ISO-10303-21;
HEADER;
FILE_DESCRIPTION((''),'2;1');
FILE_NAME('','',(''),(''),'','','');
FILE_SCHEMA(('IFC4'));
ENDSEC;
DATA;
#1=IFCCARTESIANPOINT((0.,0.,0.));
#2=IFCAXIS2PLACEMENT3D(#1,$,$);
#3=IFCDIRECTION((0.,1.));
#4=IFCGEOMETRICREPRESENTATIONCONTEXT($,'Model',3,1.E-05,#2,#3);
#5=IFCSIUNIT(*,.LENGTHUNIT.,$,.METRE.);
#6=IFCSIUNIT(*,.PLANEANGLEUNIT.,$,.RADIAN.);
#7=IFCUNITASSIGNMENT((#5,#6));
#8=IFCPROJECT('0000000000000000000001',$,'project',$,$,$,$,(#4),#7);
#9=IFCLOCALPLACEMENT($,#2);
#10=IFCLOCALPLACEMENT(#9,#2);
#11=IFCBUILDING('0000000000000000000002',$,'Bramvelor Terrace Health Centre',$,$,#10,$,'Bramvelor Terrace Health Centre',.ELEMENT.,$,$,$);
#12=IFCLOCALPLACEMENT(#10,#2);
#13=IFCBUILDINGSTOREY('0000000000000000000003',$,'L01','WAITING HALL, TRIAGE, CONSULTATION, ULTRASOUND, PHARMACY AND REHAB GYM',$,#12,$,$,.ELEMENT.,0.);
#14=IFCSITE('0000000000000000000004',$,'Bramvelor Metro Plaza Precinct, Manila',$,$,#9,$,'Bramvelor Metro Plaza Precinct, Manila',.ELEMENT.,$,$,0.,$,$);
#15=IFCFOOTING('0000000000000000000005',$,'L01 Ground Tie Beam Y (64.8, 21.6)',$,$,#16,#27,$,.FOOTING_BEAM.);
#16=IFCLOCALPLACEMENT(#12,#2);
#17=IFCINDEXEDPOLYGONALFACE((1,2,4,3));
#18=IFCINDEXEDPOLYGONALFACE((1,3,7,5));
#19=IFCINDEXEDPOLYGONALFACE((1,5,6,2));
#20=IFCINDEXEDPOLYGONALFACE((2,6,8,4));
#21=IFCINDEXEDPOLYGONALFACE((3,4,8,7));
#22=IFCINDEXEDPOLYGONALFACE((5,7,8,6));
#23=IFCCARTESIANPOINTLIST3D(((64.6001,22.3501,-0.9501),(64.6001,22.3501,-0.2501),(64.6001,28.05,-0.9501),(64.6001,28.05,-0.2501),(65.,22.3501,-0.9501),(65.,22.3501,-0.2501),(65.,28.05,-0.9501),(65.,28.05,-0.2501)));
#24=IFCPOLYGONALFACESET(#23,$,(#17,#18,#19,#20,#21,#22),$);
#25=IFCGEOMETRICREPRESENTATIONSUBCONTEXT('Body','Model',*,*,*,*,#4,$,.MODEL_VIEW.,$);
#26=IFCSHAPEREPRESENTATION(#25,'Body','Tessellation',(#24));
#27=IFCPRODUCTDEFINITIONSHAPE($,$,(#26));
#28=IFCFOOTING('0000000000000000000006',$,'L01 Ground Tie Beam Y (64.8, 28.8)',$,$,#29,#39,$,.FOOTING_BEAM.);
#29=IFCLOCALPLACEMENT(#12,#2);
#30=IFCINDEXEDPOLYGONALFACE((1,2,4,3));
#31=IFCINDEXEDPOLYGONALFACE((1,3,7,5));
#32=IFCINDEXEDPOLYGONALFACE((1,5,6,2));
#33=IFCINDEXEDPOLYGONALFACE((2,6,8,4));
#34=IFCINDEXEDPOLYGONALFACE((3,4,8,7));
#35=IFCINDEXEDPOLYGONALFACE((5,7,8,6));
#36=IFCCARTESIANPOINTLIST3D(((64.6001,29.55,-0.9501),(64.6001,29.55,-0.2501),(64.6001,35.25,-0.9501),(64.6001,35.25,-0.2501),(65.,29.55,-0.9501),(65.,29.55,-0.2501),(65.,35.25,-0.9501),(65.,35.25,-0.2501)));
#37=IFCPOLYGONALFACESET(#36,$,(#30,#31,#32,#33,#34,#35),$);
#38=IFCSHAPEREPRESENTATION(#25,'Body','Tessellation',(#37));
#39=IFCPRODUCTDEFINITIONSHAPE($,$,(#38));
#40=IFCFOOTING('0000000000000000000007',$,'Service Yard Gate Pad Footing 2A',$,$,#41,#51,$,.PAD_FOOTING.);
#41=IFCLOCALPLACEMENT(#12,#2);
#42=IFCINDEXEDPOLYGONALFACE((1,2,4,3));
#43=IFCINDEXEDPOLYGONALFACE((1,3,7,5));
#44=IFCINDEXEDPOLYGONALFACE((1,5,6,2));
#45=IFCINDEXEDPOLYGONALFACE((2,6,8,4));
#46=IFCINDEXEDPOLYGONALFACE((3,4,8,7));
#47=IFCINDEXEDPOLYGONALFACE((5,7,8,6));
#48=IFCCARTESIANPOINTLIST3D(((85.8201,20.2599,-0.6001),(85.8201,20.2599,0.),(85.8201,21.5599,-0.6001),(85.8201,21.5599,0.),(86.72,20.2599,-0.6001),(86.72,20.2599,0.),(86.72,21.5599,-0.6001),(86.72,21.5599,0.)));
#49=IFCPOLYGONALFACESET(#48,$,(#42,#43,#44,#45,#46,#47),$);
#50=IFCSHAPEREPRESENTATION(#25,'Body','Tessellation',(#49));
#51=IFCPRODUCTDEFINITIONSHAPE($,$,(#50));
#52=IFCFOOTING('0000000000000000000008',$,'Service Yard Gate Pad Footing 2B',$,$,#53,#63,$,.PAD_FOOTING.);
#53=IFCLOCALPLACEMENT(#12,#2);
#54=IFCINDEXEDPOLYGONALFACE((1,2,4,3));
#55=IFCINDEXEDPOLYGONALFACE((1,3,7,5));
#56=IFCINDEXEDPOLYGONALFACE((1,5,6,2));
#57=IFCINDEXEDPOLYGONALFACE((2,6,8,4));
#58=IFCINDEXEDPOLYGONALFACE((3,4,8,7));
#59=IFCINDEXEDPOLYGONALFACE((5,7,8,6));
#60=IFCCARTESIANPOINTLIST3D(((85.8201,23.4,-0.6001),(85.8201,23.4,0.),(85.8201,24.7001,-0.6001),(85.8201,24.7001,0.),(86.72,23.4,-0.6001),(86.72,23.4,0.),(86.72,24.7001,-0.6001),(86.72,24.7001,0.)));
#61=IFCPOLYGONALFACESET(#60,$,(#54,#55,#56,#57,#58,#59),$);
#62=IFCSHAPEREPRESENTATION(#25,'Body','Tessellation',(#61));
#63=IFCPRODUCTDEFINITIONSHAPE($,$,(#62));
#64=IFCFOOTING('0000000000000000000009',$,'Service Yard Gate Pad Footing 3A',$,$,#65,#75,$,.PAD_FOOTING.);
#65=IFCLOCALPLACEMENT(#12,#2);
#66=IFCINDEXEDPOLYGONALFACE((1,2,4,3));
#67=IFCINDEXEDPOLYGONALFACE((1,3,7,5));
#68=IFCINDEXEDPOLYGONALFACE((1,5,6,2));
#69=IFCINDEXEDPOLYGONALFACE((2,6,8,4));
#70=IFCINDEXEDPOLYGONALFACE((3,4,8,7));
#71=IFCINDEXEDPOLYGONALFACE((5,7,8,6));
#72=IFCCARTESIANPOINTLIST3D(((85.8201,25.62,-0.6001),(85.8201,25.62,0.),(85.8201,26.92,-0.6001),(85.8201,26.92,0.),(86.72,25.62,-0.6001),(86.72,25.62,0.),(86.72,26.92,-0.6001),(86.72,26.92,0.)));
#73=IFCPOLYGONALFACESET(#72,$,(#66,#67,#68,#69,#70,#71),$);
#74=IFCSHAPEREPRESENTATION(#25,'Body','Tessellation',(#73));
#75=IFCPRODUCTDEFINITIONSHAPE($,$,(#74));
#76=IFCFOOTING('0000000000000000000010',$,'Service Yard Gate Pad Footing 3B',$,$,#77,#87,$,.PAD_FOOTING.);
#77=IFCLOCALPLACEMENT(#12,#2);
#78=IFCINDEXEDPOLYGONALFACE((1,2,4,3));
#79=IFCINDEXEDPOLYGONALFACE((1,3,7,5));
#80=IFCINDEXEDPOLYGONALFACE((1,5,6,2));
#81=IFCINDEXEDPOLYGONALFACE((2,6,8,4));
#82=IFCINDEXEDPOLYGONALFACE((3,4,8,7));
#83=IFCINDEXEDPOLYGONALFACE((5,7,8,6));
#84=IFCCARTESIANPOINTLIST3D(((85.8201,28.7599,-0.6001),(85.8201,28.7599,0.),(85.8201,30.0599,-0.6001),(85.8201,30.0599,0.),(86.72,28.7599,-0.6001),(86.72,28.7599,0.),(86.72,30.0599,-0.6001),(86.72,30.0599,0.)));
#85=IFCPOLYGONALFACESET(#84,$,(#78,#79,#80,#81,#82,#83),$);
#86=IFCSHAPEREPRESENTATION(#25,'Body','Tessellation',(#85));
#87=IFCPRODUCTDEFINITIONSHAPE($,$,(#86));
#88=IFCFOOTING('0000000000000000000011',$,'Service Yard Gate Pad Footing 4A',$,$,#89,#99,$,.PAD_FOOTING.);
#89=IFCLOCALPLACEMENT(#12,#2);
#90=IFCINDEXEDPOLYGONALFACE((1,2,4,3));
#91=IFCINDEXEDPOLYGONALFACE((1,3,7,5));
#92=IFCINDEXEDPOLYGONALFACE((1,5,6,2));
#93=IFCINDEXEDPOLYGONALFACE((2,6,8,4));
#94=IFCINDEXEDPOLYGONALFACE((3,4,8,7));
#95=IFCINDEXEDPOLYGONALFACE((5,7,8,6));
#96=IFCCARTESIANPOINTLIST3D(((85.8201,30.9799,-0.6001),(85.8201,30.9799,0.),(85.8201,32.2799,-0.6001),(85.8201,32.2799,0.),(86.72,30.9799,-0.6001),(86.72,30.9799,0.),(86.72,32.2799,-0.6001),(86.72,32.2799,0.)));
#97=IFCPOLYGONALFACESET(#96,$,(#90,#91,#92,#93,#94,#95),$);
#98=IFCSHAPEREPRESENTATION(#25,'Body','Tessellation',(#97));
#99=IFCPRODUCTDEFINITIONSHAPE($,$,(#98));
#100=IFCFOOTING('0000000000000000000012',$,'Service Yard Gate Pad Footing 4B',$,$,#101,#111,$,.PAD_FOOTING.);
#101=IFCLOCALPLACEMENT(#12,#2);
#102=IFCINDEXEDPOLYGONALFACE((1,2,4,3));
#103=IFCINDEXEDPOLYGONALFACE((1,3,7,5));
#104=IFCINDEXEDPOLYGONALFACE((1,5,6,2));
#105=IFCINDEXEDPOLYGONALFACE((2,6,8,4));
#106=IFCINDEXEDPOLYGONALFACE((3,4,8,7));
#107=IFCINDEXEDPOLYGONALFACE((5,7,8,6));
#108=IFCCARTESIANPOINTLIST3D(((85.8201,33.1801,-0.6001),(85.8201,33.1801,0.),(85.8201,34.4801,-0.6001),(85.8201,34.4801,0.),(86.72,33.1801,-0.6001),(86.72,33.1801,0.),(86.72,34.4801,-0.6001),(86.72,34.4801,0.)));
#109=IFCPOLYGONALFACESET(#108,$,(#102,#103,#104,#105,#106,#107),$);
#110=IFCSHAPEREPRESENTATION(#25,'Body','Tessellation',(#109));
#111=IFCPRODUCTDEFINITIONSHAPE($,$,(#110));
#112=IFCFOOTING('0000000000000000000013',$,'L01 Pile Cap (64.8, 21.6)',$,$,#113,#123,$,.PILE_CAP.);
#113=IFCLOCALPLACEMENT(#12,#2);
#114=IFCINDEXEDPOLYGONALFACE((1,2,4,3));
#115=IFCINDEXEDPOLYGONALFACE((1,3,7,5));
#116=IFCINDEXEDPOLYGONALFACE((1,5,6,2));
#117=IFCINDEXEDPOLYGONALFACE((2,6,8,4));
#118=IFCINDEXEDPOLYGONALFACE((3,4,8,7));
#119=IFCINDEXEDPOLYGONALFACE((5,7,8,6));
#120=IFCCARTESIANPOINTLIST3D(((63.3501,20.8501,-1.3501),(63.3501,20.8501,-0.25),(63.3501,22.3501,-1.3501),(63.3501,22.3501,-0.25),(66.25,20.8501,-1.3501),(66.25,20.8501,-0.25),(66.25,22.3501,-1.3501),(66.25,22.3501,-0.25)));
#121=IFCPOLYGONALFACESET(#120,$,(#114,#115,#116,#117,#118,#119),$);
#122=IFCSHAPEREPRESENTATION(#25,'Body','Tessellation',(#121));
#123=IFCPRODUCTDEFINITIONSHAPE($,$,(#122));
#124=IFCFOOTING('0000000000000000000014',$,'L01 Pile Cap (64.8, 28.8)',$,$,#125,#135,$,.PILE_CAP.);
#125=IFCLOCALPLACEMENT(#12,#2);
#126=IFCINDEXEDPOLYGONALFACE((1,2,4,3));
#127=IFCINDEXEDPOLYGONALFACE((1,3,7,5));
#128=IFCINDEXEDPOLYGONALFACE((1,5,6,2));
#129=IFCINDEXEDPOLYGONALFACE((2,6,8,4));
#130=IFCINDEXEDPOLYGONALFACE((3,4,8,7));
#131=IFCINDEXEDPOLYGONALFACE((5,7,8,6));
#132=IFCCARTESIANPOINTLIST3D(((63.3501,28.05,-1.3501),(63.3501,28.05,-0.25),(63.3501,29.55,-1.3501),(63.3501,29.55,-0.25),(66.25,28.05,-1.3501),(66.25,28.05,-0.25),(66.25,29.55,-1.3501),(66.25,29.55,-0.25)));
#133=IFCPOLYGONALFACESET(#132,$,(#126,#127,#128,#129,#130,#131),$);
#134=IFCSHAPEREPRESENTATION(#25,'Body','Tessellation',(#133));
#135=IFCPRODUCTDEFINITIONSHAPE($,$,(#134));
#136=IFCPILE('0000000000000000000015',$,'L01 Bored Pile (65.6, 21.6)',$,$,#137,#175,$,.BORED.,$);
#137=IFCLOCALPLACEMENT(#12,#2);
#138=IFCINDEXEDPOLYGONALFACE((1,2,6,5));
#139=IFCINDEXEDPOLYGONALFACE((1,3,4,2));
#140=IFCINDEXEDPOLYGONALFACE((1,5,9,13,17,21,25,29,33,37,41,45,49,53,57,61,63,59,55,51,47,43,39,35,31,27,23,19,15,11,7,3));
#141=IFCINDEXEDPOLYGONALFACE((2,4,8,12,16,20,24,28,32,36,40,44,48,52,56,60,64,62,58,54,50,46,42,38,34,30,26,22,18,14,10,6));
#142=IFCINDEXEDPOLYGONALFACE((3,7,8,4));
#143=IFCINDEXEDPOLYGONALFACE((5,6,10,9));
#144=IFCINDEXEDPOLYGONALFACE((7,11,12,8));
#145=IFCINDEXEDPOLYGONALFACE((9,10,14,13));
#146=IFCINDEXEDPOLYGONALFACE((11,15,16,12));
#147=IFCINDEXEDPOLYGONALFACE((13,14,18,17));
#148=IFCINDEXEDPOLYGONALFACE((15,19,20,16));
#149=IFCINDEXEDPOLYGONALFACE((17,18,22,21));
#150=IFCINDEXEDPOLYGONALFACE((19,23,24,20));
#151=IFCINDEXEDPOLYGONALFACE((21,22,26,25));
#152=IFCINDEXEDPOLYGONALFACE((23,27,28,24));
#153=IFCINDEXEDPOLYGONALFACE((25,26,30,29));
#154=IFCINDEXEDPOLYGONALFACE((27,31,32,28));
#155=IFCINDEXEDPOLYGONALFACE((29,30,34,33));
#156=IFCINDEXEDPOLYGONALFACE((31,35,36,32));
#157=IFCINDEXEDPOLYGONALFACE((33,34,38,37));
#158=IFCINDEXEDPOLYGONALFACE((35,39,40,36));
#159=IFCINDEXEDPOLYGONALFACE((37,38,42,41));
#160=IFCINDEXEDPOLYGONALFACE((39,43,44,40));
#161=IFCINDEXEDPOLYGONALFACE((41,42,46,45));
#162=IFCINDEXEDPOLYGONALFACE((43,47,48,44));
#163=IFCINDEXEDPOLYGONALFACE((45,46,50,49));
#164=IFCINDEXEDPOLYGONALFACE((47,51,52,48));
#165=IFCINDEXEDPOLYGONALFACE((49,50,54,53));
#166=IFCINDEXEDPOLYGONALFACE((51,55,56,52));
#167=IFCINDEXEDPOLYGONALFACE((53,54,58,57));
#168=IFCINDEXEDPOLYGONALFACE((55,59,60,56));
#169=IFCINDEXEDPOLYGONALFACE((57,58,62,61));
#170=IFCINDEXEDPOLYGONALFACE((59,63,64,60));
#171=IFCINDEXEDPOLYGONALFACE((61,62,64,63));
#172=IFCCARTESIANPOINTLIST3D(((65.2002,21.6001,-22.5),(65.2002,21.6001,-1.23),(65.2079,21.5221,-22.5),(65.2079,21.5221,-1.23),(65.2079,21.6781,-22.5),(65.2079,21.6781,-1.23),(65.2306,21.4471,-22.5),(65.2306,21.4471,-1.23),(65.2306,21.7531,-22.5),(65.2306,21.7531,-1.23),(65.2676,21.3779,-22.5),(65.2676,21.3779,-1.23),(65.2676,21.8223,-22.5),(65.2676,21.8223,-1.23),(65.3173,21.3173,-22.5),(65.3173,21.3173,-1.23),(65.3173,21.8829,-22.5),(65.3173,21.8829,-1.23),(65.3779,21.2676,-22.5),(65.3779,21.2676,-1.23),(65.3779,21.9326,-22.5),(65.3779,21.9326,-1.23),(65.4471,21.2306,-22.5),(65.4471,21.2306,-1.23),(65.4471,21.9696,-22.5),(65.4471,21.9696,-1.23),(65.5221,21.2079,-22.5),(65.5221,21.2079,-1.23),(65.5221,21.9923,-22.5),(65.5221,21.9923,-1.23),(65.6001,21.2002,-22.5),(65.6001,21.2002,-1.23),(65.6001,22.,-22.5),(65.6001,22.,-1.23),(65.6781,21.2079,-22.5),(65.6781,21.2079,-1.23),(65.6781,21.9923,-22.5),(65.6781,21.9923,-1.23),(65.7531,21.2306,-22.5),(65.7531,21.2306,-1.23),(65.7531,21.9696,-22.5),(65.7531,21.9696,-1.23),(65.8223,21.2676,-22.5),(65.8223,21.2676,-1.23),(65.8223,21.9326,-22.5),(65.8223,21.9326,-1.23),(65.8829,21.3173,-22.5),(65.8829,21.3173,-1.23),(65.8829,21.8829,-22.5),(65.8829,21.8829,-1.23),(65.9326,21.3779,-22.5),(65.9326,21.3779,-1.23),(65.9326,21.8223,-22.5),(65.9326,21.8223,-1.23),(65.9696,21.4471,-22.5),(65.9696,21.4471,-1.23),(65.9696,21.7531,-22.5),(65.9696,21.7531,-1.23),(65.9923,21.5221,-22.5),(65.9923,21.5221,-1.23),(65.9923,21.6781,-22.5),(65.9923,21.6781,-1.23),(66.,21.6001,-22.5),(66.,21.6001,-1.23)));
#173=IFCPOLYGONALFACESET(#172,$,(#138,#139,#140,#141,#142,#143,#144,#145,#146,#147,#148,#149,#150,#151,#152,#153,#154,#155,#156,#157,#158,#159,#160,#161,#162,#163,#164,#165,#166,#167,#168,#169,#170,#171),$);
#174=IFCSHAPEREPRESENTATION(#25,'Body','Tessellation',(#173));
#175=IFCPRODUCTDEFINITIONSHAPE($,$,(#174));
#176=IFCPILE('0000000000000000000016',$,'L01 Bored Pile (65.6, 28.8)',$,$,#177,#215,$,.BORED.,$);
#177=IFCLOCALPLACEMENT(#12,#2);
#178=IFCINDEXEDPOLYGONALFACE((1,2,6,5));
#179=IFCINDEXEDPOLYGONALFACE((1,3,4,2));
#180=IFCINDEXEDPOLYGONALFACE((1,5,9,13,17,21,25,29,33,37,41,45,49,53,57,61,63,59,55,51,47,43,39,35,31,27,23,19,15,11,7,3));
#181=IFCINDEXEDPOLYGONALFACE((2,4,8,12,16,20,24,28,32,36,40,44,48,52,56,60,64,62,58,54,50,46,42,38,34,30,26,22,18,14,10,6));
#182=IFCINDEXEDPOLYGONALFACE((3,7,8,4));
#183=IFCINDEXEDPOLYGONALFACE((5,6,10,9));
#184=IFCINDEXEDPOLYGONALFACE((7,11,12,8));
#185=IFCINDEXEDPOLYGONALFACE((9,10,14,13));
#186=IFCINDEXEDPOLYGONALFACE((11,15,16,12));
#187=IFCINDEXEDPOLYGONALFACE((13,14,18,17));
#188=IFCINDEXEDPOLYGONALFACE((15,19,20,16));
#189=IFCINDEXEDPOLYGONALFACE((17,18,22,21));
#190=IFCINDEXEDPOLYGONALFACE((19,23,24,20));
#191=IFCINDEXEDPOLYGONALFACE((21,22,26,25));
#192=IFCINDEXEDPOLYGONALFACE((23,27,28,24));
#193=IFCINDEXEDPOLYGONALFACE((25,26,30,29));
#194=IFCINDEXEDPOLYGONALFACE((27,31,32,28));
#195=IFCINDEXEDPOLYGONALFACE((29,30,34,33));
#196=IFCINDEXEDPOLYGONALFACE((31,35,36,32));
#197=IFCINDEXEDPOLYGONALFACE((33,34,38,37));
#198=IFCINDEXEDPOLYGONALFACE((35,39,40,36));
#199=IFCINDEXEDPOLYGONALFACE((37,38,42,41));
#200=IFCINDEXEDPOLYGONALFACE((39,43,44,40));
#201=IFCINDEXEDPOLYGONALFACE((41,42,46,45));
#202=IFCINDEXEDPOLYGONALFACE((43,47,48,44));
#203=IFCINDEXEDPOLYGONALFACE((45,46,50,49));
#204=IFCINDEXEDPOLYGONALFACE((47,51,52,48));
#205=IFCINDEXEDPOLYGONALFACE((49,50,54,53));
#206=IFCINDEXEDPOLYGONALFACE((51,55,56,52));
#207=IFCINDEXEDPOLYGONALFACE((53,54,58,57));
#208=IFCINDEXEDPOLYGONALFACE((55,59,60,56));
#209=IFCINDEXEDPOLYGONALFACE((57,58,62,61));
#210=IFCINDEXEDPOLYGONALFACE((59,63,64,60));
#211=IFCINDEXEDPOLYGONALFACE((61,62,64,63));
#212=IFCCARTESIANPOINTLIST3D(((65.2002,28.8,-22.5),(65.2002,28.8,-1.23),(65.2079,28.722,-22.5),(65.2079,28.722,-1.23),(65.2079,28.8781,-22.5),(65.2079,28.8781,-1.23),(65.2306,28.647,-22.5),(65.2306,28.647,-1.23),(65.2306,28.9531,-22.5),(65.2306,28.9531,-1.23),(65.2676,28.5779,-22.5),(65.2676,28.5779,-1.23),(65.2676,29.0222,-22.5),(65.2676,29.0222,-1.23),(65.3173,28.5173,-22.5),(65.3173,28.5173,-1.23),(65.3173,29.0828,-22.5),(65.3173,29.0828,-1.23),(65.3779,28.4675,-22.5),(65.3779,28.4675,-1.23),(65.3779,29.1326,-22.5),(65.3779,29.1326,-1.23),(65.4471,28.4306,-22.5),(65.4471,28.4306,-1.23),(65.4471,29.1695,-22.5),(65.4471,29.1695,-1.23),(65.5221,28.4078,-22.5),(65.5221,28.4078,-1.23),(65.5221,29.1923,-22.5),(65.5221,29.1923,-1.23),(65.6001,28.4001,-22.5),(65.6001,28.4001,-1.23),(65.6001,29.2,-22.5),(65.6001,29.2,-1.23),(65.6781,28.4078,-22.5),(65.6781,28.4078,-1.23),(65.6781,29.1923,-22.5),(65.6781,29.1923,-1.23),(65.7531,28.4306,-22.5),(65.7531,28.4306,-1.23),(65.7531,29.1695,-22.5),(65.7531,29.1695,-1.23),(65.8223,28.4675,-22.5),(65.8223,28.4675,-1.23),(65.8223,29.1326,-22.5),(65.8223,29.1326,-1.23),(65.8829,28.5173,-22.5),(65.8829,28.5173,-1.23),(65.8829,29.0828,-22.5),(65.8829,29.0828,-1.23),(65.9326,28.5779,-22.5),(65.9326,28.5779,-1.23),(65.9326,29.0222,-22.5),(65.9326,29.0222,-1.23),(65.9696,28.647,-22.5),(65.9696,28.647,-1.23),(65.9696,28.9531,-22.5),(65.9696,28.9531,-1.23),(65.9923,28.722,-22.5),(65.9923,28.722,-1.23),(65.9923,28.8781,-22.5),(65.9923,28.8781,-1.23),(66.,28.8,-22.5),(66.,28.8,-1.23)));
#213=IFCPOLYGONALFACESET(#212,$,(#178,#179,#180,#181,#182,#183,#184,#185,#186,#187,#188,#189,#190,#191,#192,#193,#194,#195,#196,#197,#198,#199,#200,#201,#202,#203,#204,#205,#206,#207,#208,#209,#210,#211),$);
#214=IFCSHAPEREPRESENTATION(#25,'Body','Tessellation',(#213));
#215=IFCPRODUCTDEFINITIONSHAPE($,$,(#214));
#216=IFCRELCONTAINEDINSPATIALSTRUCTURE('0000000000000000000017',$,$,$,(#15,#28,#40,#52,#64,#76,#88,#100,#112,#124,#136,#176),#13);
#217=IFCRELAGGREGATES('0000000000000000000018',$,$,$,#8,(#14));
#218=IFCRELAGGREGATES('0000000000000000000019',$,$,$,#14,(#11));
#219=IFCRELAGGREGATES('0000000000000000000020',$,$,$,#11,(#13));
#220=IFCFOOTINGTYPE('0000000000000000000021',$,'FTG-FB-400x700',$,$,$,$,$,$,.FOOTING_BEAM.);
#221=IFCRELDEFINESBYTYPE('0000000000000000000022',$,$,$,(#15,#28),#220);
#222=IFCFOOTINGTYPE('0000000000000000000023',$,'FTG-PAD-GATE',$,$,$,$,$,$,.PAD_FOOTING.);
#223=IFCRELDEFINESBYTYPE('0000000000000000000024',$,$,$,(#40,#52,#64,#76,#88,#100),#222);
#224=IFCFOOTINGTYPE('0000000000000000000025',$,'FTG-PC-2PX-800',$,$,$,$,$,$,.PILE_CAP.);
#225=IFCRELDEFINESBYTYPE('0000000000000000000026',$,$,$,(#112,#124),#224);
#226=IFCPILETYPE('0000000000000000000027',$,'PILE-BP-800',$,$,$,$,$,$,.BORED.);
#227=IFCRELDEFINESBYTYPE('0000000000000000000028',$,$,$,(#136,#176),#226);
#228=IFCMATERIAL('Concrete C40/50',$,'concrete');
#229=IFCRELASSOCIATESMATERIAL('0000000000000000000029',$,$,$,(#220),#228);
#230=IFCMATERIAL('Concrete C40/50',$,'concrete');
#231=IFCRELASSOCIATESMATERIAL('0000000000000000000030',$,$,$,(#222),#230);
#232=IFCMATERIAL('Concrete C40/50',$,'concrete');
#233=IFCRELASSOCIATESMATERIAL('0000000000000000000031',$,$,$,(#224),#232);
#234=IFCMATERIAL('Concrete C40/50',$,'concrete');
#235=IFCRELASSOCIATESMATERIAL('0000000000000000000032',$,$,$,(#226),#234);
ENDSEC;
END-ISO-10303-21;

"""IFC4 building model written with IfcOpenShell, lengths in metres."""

from ifc_helpers import new_model, si_unit, direction, frame, origin, origin_2d, place, context, subcontext, project, spatial, rectangle, circle, extrude, material, material_profile, profile_set, type_object, element, save


model = new_model("IFC4")

# Units and contexts
model_context = context("Model", 3, precision=1e-05, world=origin(), true_north=direction((0.0, 1.0)))
body_context = subcontext(model_context, "Body", "Model", "MODEL_VIEW")
ifc_project = project(units=[si_unit("LENGTHUNIT", "METRE"), si_unit("PLANEANGLEUNIT", "RADIAN")], contexts=[model_context])

# Site, building, storey
site_placement = place(None, origin())
site = spatial("IfcSite", under=ifc_project, at=site_placement, Name="Bramvelor Metro Plaza Precinct, Manila", LongName="Bramvelor Metro Plaza Precinct, Manila", CompositionType="ELEMENT", RefElevation=0.0)
building_placement = place(site_placement, origin())
building = spatial("IfcBuilding", under=site, at=building_placement, Name="Bramvelor Terrace Health Centre", LongName="Bramvelor Terrace Health Centre", CompositionType="ELEMENT")
storey_placement = place(building_placement, origin())
storey = spatial("IfcBuildingStorey", under=building, at=storey_placement, Name="L01", Description="WAITING HALL, TRIAGE, CONSULTATION, ULTRASOUND, PHARMACY AND REHAB GYM", CompositionType="ELEMENT", Elevation=0.0)

# Footings
ifc_material_1 = material(Name="Concrete C40/50", Category="concrete")
ifc_material_profile_1 = material_profile(ifc_material_1, rectangle(XDim=0.3999, YDim=0.7, at=origin_2d()), Name="RC 400x700")
ifc_profile_set_1 = profile_set([ifc_material_profile_1], Name="Concrete C40/50")
footing_type_1 = type_object("IfcFootingType", Name="FTG-FB-400x700", PredefinedType="FOOTING_BEAM", material=ifc_profile_set_1)
for number, where, z_axis, x_axis, name in (
    (1, (64.8, 22.3501, -0.6001), (0.0, 1.0, 0.0), (-1.0, 0.0, 0.0), "L01 Ground Tie Beam Y (64.8, 21.6)"),
    (2, (64.8, 29.55, -0.6001), (0.0, 1.0, 0.0), (-1.0, 0.0, 0.0), "L01 Ground Tie Beam Y (64.8, 28.8)"),
):
    element("IfcFooting", number, at=place(storey_placement, frame(where, z_axis=z_axis, x_axis=x_axis)), inside=storey, type_object=footing_type_1, Name=name, PredefinedType="FOOTING_BEAM", context=body_context, shape_type="SweptSolid", body=[
        extrude(rectangle(XDim=0.3999, YDim=0.7, at=origin_2d()), origin(), (0.0, 0.0, 1.0), 5.7),
    ])
ifc_material_2 = material(Name="Concrete C40/50", Category="concrete")
footing_type_2 = type_object("IfcFootingType", Name="FTG-PAD-GATE", PredefinedType="PAD_FOOTING", material=ifc_material_2)
for number, where, z_axis, x_axis, name in (
    (3, (86.27, 20.9099, -0.6001), (0.0, 0.0, 1.0), (1.0, 0.0, 0.0), "Service Yard Gate Pad Footing 2A"),
    (4, (86.27, 24.05, -0.6001), (0.0, 0.0, 1.0), (1.0, 0.0, 0.0), "Service Yard Gate Pad Footing 2B"),
    (5, (86.27, 26.27, -0.6001), (0.0, 0.0, 1.0), (1.0, 0.0, 0.0), "Service Yard Gate Pad Footing 3A"),
    (6, (86.27, 29.4099, -0.6001), (0.0, 0.0, 1.0), (1.0, 0.0, 0.0), "Service Yard Gate Pad Footing 3B"),
    (7, (86.27, 31.6299, -0.6001), (0.0, 0.0, 1.0), (1.0, 0.0, 0.0), "Service Yard Gate Pad Footing 4A"),
    (8, (86.27, 33.8301, -0.6001), (0.0, 0.0, 1.0), (1.0, 0.0, 0.0), "Service Yard Gate Pad Footing 4B"),
):
    element("IfcFooting", number, at=place(storey_placement, frame(where, z_axis=z_axis, x_axis=x_axis)), inside=storey, type_object=footing_type_2, Name=name, PredefinedType="PAD_FOOTING", context=body_context, shape_type="SweptSolid", body=[
        extrude(rectangle(XDim=0.8999, YDim=1.3, at=origin_2d()), origin(), (0.0, 0.0, 1.0), 0.6001),
    ])
ifc_material_3 = material(Name="Concrete C40/50", Category="concrete")
footing_type_3 = type_object("IfcFootingType", Name="FTG-PC-2PX-800", PredefinedType="PILE_CAP", material=ifc_material_3)
for number, where, z_axis, x_axis, name in (
    (9, (64.8, 21.6001, -1.3501), (0.0, 0.0, 1.0), (1.0, 0.0, 0.0), "L01 Pile Cap (64.8, 21.6)"),
    (10, (64.8, 28.8, -1.3501), (0.0, 0.0, 1.0), (1.0, 0.0, 0.0), "L01 Pile Cap (64.8, 28.8)"),
):
    element("IfcFooting", number, at=place(storey_placement, frame(where, z_axis=z_axis, x_axis=x_axis)), inside=storey, type_object=footing_type_3, Name=name, PredefinedType="PILE_CAP", context=body_context, shape_type="SweptSolid", body=[
        extrude(rectangle(XDim=2.8999, YDim=1.5, at=origin_2d()), origin(), (0.0, 0.0, 1.0), 1.1001),
    ])

# Piles
ifc_material_4 = material(Name="Concrete C40/50", Category="concrete")
ifc_material_profile_2 = material_profile(ifc_material_4, circle(Radius=0.3999, at=origin_2d()), Name="BP D800")
ifc_profile_set_2 = profile_set([ifc_material_profile_2], Name="Concrete C40/50")
pile_type = type_object("IfcPileType", Name="PILE-BP-800", PredefinedType="BORED", material=ifc_profile_set_2)
for number, where, z_axis, x_axis, name in (
    (11, (65.6001, 21.6001, -1.23), (0.0, 0.0, -1.0), (1.0, 0.0, 0.0), "L01 Bored Pile (65.6, 21.6)"),
    (12, (65.6001, 28.8, -1.23), (0.0, 0.0, -1.0), (1.0, 0.0, 0.0), "L01 Bored Pile (65.6, 28.8)"),
):
    element("IfcPile", number, at=place(storey_placement, frame(where, z_axis=z_axis, x_axis=x_axis)), inside=storey, type_object=pile_type, Name=name, PredefinedType="BORED", context=body_context, shape_type="SweptSolid", body=[
        extrude(circle(Radius=0.3999, at=origin_2d()), origin(), (0.0, 0.0, 1.0), 21.27),
    ])

save(model, "model.ifc")
